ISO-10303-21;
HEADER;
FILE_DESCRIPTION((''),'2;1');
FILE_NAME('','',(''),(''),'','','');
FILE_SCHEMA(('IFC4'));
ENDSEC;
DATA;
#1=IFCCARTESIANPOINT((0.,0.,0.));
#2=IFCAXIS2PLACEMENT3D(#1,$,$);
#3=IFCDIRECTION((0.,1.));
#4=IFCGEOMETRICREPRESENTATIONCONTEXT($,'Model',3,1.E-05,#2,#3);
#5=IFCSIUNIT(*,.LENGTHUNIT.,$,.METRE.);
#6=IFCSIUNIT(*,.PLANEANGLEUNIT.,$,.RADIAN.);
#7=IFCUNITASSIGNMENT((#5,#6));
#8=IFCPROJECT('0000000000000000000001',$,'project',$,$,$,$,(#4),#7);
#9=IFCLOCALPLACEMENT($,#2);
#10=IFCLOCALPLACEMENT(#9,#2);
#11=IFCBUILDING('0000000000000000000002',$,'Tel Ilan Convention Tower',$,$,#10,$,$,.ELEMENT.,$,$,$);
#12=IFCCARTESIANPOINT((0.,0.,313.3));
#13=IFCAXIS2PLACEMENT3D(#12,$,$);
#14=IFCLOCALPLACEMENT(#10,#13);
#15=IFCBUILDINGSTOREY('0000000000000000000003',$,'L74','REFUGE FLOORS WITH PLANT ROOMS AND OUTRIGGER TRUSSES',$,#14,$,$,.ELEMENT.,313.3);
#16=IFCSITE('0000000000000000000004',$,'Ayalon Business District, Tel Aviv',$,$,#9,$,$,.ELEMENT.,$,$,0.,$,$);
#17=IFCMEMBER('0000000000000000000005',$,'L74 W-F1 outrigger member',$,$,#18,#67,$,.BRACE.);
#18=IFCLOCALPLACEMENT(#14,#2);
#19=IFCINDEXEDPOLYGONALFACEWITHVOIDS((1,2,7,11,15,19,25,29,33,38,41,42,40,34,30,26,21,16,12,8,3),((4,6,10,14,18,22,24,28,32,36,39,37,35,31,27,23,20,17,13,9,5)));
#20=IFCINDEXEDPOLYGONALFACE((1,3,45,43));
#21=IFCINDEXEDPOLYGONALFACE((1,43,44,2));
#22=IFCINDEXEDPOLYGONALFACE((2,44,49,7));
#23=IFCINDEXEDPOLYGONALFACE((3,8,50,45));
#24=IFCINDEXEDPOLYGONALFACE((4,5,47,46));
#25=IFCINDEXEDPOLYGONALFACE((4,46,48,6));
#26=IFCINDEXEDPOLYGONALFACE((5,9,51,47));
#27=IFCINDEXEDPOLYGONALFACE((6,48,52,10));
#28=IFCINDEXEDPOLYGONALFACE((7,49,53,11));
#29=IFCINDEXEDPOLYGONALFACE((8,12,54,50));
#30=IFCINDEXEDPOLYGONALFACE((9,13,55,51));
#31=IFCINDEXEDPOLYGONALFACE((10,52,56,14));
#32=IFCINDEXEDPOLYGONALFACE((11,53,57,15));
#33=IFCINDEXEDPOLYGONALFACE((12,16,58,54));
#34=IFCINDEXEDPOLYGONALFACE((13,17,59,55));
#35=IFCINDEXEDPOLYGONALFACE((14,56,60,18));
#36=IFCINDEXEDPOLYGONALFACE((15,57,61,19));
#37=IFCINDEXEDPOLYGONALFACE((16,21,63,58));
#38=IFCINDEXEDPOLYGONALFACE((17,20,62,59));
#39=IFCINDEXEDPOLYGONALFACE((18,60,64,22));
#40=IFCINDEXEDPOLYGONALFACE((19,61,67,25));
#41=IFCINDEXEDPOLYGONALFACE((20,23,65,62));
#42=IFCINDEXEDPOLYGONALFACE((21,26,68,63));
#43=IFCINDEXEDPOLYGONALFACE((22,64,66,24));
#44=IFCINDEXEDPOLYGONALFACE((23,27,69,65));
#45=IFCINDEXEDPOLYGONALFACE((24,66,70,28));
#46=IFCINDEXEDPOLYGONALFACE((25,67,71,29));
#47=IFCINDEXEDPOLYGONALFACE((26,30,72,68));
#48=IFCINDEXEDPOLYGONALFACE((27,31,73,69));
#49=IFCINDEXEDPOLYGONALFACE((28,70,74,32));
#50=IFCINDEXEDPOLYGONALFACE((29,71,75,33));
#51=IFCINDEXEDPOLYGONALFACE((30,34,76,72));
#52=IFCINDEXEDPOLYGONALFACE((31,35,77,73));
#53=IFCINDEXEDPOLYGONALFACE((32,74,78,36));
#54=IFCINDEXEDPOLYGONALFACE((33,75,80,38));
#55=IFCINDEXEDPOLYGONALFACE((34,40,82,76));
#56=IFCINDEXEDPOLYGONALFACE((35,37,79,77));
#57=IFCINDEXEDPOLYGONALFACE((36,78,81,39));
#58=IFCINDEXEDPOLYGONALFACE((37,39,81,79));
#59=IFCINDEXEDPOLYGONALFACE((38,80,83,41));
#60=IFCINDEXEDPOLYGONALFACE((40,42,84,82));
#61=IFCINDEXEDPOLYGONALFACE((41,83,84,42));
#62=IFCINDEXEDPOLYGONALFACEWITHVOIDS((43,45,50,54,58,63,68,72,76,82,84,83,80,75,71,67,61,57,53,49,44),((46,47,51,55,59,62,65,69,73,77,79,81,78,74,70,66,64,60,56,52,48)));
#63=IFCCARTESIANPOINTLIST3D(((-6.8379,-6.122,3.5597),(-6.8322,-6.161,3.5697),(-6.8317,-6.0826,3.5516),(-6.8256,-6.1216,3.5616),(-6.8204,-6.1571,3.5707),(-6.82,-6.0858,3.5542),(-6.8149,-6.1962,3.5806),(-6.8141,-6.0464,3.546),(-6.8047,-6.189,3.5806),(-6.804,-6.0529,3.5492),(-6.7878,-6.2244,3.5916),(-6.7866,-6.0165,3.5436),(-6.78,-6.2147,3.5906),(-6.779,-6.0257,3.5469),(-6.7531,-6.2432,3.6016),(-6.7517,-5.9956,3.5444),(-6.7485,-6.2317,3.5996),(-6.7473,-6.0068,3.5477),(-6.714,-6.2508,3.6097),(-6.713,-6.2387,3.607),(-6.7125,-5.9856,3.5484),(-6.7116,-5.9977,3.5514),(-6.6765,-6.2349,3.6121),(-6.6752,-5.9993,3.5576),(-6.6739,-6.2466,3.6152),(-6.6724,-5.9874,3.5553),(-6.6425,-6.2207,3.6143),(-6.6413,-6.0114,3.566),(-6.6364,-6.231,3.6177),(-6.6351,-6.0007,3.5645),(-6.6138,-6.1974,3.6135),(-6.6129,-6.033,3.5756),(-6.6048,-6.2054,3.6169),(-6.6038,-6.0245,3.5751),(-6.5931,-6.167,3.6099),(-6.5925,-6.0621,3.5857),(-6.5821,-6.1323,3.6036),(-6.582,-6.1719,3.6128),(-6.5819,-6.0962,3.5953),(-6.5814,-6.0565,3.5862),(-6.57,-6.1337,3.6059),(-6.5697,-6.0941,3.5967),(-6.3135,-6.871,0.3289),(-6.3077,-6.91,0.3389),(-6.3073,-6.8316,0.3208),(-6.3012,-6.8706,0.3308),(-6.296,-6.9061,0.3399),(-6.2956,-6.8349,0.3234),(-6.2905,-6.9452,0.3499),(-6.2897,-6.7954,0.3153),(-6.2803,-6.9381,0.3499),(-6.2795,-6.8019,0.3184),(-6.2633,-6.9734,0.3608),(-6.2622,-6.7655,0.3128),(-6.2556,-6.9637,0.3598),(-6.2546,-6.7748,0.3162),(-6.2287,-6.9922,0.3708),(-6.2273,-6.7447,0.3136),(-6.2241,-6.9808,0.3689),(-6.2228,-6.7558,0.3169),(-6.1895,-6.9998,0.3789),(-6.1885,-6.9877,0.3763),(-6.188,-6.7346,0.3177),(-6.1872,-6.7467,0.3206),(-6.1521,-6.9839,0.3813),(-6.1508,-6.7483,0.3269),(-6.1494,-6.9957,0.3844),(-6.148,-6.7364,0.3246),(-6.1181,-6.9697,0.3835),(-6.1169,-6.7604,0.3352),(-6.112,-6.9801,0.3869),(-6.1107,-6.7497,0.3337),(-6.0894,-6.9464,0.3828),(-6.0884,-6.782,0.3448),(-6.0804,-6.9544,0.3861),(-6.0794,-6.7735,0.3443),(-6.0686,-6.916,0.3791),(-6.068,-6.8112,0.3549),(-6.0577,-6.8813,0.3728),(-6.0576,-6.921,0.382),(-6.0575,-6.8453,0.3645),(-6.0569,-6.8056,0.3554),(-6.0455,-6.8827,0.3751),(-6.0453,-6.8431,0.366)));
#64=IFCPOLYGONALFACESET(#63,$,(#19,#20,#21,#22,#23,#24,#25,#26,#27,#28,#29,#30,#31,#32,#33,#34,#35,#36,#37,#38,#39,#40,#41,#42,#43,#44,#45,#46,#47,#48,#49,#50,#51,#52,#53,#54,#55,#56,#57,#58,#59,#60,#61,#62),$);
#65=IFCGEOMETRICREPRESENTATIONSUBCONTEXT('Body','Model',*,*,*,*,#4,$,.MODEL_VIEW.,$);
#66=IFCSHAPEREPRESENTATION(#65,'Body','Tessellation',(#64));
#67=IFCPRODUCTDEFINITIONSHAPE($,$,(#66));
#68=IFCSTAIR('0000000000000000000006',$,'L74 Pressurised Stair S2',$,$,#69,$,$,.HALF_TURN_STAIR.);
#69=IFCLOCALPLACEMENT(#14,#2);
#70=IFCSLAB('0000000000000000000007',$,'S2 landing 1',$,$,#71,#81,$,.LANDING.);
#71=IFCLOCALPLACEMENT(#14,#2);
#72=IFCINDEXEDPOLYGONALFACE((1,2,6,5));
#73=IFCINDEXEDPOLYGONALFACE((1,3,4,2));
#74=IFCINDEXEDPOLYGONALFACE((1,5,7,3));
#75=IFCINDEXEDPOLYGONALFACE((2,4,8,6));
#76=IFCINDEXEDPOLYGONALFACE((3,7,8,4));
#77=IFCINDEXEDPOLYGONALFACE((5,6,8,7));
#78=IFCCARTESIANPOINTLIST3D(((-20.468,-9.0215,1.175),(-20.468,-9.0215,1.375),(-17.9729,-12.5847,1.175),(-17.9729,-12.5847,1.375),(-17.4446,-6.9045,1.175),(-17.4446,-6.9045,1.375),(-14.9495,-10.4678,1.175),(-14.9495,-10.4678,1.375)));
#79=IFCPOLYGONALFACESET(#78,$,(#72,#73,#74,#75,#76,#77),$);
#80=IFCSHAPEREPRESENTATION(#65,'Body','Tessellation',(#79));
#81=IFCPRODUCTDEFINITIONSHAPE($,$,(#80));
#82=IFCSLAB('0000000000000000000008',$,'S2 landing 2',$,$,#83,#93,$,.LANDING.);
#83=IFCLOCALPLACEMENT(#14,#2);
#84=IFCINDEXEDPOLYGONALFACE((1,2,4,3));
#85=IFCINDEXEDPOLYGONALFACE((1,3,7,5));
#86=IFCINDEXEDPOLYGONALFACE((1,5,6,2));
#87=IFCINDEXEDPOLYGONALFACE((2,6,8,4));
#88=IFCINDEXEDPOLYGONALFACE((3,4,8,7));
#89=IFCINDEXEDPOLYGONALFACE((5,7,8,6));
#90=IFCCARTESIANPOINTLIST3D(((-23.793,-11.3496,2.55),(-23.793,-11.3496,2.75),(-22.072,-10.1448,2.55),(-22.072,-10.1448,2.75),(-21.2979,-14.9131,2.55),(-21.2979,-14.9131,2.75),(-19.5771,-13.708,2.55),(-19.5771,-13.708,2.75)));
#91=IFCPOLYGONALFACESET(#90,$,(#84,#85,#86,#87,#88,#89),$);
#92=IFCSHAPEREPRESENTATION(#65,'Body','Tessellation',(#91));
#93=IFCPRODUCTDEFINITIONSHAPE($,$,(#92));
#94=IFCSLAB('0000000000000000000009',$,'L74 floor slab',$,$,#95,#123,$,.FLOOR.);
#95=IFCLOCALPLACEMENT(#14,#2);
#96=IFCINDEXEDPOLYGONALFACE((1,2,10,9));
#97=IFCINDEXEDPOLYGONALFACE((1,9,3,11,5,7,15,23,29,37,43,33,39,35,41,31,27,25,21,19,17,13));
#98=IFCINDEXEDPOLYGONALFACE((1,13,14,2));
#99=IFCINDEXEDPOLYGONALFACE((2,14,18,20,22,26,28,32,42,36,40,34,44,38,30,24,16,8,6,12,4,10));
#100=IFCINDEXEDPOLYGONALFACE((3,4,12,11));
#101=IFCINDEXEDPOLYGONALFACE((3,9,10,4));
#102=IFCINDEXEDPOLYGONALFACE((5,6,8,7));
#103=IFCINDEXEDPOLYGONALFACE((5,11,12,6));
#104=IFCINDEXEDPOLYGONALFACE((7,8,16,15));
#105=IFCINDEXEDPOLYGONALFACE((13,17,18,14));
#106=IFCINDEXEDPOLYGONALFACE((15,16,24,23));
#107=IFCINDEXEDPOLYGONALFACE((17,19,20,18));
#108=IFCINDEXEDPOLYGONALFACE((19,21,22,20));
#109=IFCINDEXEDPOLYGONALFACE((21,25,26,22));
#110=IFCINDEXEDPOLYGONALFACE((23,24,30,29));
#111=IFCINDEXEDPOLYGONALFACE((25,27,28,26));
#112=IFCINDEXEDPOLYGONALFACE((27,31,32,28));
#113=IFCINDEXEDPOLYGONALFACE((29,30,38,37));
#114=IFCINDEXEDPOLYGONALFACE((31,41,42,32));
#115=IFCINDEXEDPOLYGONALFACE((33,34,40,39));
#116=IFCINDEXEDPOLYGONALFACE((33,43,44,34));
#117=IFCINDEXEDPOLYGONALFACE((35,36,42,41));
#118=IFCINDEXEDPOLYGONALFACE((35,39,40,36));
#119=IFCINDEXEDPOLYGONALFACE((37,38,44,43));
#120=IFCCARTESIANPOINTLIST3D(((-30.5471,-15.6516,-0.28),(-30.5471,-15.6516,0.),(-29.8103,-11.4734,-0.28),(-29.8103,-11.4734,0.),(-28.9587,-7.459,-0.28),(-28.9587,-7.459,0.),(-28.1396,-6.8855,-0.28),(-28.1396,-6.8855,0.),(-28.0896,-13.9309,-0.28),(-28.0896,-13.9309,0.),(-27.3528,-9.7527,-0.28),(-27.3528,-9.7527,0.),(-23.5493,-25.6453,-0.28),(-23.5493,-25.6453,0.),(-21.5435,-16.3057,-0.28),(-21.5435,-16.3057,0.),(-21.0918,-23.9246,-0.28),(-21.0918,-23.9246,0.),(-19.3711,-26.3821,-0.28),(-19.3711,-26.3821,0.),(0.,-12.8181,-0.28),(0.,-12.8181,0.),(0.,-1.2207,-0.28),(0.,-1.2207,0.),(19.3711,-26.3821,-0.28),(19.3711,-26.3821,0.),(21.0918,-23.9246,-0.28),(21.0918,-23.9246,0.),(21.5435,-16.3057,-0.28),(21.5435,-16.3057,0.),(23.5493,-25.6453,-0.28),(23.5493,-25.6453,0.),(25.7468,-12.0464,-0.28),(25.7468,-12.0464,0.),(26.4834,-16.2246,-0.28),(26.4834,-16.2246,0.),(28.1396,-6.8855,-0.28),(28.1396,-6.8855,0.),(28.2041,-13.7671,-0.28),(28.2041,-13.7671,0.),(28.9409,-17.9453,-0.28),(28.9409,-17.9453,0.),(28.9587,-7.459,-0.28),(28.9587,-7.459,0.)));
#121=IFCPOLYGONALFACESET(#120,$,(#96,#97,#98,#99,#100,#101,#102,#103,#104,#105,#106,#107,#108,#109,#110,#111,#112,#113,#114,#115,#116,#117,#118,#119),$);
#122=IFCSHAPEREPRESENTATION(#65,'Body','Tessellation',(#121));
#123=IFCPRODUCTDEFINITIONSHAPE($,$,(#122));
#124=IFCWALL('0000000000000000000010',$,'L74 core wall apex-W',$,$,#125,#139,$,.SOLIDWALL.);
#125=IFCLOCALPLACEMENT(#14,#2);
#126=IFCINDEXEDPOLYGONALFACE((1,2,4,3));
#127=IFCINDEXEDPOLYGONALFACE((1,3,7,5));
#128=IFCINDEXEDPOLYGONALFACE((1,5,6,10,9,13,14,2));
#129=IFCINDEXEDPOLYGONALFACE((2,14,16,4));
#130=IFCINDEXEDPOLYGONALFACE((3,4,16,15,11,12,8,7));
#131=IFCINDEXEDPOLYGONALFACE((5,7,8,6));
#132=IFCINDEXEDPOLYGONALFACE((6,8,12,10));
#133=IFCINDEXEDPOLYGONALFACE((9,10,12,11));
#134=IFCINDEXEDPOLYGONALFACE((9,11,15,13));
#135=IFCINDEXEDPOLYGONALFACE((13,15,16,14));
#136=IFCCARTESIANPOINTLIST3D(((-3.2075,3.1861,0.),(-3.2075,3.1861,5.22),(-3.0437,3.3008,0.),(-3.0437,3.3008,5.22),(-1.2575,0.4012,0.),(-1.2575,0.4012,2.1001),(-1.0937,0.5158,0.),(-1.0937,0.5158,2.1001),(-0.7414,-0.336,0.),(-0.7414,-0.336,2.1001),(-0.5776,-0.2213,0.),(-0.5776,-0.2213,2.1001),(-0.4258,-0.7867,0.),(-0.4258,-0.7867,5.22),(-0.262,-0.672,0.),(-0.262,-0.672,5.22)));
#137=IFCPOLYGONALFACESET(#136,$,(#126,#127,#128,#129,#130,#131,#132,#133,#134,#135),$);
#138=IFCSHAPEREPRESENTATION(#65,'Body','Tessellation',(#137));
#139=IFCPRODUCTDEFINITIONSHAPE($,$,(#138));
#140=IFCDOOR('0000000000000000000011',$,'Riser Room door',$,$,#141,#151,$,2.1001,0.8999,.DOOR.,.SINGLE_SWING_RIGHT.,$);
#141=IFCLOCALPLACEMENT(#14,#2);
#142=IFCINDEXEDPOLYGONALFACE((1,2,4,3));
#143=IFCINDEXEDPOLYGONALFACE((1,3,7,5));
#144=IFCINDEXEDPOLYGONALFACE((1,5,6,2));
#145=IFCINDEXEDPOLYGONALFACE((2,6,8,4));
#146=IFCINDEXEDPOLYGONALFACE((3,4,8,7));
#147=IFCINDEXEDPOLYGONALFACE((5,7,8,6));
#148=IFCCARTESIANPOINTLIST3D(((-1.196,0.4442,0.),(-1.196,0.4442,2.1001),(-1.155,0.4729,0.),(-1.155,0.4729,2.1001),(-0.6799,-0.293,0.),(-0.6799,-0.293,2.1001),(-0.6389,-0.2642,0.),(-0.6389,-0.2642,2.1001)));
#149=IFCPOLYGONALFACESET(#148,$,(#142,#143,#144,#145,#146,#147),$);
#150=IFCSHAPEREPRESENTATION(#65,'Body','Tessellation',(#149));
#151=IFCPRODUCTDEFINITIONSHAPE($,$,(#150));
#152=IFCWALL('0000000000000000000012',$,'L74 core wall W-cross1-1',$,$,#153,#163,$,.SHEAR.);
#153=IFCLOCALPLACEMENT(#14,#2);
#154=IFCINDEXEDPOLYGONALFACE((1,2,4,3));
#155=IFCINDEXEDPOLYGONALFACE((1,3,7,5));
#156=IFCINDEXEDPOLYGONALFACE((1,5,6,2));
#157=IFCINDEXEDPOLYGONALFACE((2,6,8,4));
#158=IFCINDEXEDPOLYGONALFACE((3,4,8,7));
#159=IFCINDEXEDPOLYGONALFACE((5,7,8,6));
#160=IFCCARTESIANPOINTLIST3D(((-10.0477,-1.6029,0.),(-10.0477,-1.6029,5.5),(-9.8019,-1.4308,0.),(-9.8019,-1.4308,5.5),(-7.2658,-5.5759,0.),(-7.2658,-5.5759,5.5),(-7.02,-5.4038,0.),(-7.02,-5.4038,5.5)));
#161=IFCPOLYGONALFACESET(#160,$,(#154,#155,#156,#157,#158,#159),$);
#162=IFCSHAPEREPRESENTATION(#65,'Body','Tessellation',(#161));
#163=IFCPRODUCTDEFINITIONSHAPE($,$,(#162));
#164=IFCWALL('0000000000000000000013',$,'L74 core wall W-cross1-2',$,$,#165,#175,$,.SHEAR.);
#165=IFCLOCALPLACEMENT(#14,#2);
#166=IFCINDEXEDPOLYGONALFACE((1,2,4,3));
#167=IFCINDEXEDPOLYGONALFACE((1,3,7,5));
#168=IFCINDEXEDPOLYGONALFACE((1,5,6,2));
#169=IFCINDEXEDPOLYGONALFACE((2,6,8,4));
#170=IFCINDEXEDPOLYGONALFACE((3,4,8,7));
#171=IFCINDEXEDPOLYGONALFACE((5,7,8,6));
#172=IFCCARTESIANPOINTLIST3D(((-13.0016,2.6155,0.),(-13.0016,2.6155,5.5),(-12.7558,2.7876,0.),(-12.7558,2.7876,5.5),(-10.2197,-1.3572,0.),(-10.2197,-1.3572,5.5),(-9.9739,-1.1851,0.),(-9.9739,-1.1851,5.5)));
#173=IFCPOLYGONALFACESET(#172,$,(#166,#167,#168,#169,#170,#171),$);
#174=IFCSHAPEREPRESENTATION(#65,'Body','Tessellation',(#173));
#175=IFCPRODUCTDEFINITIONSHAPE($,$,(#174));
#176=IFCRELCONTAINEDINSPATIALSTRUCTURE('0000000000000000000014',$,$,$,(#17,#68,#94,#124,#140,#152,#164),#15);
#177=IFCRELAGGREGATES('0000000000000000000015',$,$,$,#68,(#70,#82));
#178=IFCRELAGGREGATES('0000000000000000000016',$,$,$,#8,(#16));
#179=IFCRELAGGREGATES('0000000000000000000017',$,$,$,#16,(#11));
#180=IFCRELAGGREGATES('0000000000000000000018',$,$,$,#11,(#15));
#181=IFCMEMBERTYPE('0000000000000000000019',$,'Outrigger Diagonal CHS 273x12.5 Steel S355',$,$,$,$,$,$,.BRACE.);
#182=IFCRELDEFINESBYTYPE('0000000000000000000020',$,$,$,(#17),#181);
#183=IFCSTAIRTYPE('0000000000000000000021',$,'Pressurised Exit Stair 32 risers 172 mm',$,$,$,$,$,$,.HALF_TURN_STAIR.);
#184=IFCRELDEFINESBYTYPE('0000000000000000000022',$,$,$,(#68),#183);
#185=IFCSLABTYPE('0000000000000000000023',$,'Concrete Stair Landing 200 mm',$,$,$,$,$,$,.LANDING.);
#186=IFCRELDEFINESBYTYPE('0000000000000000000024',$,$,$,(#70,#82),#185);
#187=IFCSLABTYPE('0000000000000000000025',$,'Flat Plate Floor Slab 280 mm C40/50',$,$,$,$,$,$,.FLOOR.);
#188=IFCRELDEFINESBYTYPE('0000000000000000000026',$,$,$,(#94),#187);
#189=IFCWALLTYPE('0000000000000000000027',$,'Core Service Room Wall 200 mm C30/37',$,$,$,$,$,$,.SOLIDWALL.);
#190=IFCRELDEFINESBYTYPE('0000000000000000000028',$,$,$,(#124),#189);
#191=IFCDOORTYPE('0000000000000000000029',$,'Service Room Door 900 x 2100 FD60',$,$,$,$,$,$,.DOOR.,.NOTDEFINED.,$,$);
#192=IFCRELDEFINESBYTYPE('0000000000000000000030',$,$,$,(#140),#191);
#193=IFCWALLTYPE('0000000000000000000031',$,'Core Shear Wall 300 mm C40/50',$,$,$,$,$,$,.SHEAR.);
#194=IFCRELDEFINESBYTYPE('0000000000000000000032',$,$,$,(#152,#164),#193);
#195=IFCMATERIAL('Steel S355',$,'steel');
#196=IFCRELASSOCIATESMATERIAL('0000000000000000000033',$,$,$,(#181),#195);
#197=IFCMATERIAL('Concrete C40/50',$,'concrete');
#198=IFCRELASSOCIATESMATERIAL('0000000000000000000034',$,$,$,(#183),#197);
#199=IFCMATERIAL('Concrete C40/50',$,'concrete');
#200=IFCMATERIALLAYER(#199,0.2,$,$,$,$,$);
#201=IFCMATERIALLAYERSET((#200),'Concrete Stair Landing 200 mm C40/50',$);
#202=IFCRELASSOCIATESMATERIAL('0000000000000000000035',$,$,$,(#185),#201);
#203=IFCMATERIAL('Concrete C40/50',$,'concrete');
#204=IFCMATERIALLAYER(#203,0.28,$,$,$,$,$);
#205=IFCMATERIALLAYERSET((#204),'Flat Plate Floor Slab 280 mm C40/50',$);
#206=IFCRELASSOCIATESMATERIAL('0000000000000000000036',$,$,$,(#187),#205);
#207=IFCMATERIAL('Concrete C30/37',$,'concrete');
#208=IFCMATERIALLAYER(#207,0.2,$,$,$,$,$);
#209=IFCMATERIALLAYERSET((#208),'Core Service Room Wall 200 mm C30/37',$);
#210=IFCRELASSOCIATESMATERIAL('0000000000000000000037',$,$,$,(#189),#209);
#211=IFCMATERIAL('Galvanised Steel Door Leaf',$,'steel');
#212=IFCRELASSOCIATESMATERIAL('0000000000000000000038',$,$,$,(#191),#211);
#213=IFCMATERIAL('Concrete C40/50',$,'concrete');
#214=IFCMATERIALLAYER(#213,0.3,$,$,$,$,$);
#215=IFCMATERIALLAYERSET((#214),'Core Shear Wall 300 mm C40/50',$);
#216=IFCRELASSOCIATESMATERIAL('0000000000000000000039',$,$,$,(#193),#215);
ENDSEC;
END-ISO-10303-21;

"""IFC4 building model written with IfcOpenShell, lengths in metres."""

from ifc_helpers import new_model, si_unit, direction, frame, frame_2d, origin, origin_2d, place, context, subcontext, project, spatial, polyline, rectangle, hollow_circle, outline, extrude, material, layer, layer_set, material_profile, profile_set, type_object, element, fill, aggregate, save


model = new_model("IFC4")

# Units and contexts
model_context = context("Model", 3, precision=1e-05, world=origin(), true_north=direction((0.0, 1.0)))
body_context = subcontext(model_context, "Body", "Model", "MODEL_VIEW")
ifc_project = project(units=[si_unit("LENGTHUNIT", "METRE"), si_unit("PLANEANGLEUNIT", "RADIAN")], contexts=[model_context])

# Site, building, storey
site_placement = place(None, origin())
site = spatial("IfcSite", under=ifc_project, at=site_placement, Name="Ayalon Business District, Tel Aviv", CompositionType="ELEMENT", RefElevation=0.0)
building_placement = place(site_placement, origin())
building = spatial("IfcBuilding", under=site, at=building_placement, Name="Tel Ilan Convention Tower", CompositionType="ELEMENT")
storey_placement = place(building_placement, frame((0.0, 0.0, 313.3)))
storey = spatial("IfcBuildingStorey", under=building, at=storey_placement, Name="L74", Description="REFUGE FLOORS WITH PLANT ROOMS AND OUTRIGGER TRUSSES", CompositionType="ELEMENT", Elevation=313.3)

# Member
ifc_material_1 = material(Name="Steel S355", Category="steel")
ifc_material_profile_1 = material_profile(ifc_material_1, hollow_circle(Radius=0.1365, WallThickness=0.0125, at=origin_2d()), Name="CHS 273x12.5")
ifc_profile_set_1 = profile_set([ifc_material_profile_1], Name="Steel S355")
member_type = type_object("IfcMemberType", Name="Outrigger Diagonal CHS 273x12.5 Steel S355", PredefinedType="BRACE", material=ifc_profile_set_1)
member_placement = place(storey_placement, frame((-6.1787, -6.8669, 0.3499), z_axis=(-0.156187, 0.223082, 0.962206), x_axis=(-0.819182, -0.573534, 0.0)))
element("IfcMember", 1, at=member_placement, inside=storey, type_object=member_type, Name="L74 W-F1 outrigger member", PredefinedType="BRACE", context=body_context, shape_type="SweptSolid", body=[
    extrude(hollow_circle(Radius=0.1365, WallThickness=0.0125, at=origin_2d()), origin(), (0.0, 0.0, 1.0), 3.3577),
])

# Stair, slabs
ifc_material_2 = material(Name="Concrete C40/50", Category="concrete")
stair_type = type_object("IfcStairType", Name="Pressurised Exit Stair 32 risers 172 mm", PredefinedType="HALF_TURN_STAIR", material=ifc_material_2)
stair_placement = place(storey_placement, origin())
stair = element("IfcStair", 2, at=stair_placement, inside=storey, type_object=stair_type, Name="L74 Pressurised Stair S2", PredefinedType="HALF_TURN_STAIR")
ifc_material_3 = material(Name="Concrete C40/50", Category="concrete")
ifc_layer_1 = layer(ifc_material_3, 0.2)
ifc_layer_set_1 = layer_set([ifc_layer_1], Name="Concrete Stair Landing 200 mm C40/50")
slab_type_1 = type_object("IfcSlabType", Name="Concrete Stair Landing 200 mm", PredefinedType="LANDING", material=ifc_layer_set_1)
slab_1_placement = place(storey_placement, frame((0.0, 0.0, 1.175)))
slab_1 = element("IfcSlab", 3, at=slab_1_placement, type_object=slab_type_1, Name="S2 landing 1", PredefinedType="LANDING", context=body_context, shape_type="SweptSolid", body=[
    extrude(outline(polyline([(-17.9729, -12.5847), (-14.9495, -10.4678), (-17.4446, -6.9045), (-20.468, -9.0215), (-17.9729, -12.5847)])), origin(), (0.0, 0.0, 1.0), 0.2),
])
slab_2_placement = place(storey_placement, frame((0.0, 0.0, 2.55)))
slab_2 = element("IfcSlab", 4, at=slab_2_placement, type_object=slab_type_1, Name="S2 landing 2", PredefinedType="LANDING", context=body_context, shape_type="SweptSolid", body=[
    extrude(outline(polyline([(-21.2979, -14.9131), (-19.5771, -13.708), (-22.072, -10.1448), (-23.793, -11.3496), (-21.2979, -14.9131)])), origin(), (0.0, 0.0, 1.0), 0.2),
])
aggregate(stair, [slab_1, slab_2])

# Slab
ifc_material_4 = material(Name="Concrete C40/50", Category="concrete")
ifc_layer_2 = layer(ifc_material_4, 0.28)
ifc_layer_set_2 = layer_set([ifc_layer_2], Name="Flat Plate Floor Slab 280 mm C40/50")
slab_type_2 = type_object("IfcSlabType", Name="Flat Plate Floor Slab 280 mm C40/50", PredefinedType="FLOOR", material=ifc_layer_set_2)
slab_3_placement = place(storey_placement, frame((0.0, 0.0, -0.28)))
element("IfcSlab", 5, at=slab_3_placement, inside=storey, type_object=slab_type_2, Name="L74 floor slab", PredefinedType="FLOOR", context=body_context, shape_type="SweptSolid", body=[
    extrude(outline(polyline([(28.9587, -7.459), (25.7468, -12.0464), (28.2041, -13.7671), (26.4834, -16.2246), (28.9409, -17.9453), (23.5493, -25.6453), (21.0918, -23.9246), (19.3711, -26.3821), (0.0, -12.8181), (-19.3711, -26.3821), (-21.0918, -23.9246), (-23.5493, -25.6453), (-30.5471, -15.6516), (-28.0896, -13.9309), (-29.8103, -11.4734), (-27.3528, -9.7527), (-28.9587, -7.459), (-28.1396, -6.8855), (-21.5435, -16.3057), (0.0, -1.2207), (21.5435, -16.3057), (28.1396, -6.8855), (28.9587, -7.459)])), origin(), (0.0, 0.0, 1.0), 0.28),
])

# Wall, opening, door
ifc_material_5 = material(Name="Concrete C30/37", Category="concrete")
ifc_layer_3 = layer(ifc_material_5, 0.2)
ifc_layer_set_3 = layer_set([ifc_layer_3], Name="Core Service Room Wall 200 mm C30/37")
wall_type_1 = type_object("IfcWallType", Name="Core Service Room Wall 200 mm C30/37", PredefinedType="SOLIDWALL", material=ifc_layer_set_3)
wall_1_placement = place(storey_placement, frame((-0.344, -0.7292, 0.0), z_axis=(0.0, 0.0, 1.0), x_axis=(-0.57356, 0.819163, 0.0)))
wall_1 = element("IfcWall", 6, at=wall_1_placement, inside=storey, type_object=wall_type_1, Name="L74 core wall apex-W", PredefinedType="SOLIDWALL", context=body_context, shape_type="SweptSolid", body=[
    extrude(rectangle(XDim=4.8499, YDim=0.2, at=frame_2d((2.4248, 0.0))), origin(), (0.0, 0.0, 1.0), 5.22),
])
opening_1_placement = place(wall_1_placement, frame((0.55, 0.0, 0.0)))
opening_1 = element("IfcOpeningElement", 7, at=opening_1_placement, cuts=wall_1, PredefinedType="OPENING", context=body_context, shape_type="SweptSolid", body=[
    extrude(rectangle(XDim=0.8999, YDim=2.1001, at=frame_2d((0.45, 1.05))), frame((0.0, 0.1099, 0.0), z_axis=(0.0, -1.0, 0.0), x_axis=(1.0, 0.0, 0.0)), (0.0, 0.0, 1.0), 0.22),
])
ifc_material_6 = material(Name="Galvanised Steel Door Leaf", Category="steel")
door_type_1 = type_object("IfcDoorType", Name="Service Room Door 900 x 2100 FD60", OperationType="NOTDEFINED", PredefinedType="DOOR", material=ifc_material_6)
door_1_placement = place(opening_1_placement, origin())
door_1 = element("IfcDoor", 8, at=door_1_placement, inside=storey, type_object=door_type_1, Name="Riser Room door", OperationType="SINGLE_SWING_RIGHT", OverallHeight=2.1001, OverallWidth=0.8999, PredefinedType="DOOR", context=body_context, shape_type="SweptSolid", body=[
    extrude(rectangle(XDim=0.8999, YDim=2.1001, at=frame_2d((0.45, 1.05))), frame((0.0, 0.0249, 0.0), z_axis=(0.0, -1.0, 0.0), x_axis=(1.0, 0.0, 0.0)), (0.0, 0.0, 1.0), 0.05),
])
fill(opening_1, door_1)

# Walls
ifc_material_7 = material(Name="Concrete C40/50", Category="concrete")
ifc_layer_4 = layer(ifc_material_7, 0.3)
ifc_layer_set_4 = layer_set([ifc_layer_4], Name="Core Shear Wall 300 mm C40/50")
wall_type_2 = type_object("IfcWallType", Name="Core Shear Wall 300 mm C40/50", PredefinedType="SHEAR", material=ifc_layer_set_4)
wall_2_placement = place(storey_placement, frame((-7.1428, -5.4897, 0.0), z_axis=(0.0, 0.0, 1.0), x_axis=(-0.573618, 0.819123, 0.0)))
element("IfcWall", 9, at=wall_2_placement, inside=storey, type_object=wall_type_2, Name="L74 core wall W-cross1-1", PredefinedType="SHEAR", context=body_context, shape_type="SweptSolid", body=[
    extrude(outline(polyline([(4.8501, 0.1499), (0.0, 0.1501), (0.0, -0.1499), (4.8501, -0.1501), (4.8501, 0.1499)])), origin(), (0.0, 0.0, 1.0), 5.5),
])
wall_3_placement = place(storey_placement, frame((-10.0969, -1.2712, 0.0), z_axis=(0.0, 0.0, 1.0), x_axis=(-0.57356, 0.819163, 0.0)))
element("IfcWall", 10, at=wall_3_placement, inside=storey, type_object=wall_type_2, Name="L74 core wall W-cross1-2", PredefinedType="SHEAR", context=body_context, shape_type="SweptSolid", body=[
    extrude(outline(polyline([(4.8499, -0.1499), (4.8499, 0.1501), (0.0, 0.1499), (0.0, -0.1501), (4.8499, -0.1499)])), origin(), (0.0, 0.0, 1.0), 5.5),
])

save(model, "model.ifc")
